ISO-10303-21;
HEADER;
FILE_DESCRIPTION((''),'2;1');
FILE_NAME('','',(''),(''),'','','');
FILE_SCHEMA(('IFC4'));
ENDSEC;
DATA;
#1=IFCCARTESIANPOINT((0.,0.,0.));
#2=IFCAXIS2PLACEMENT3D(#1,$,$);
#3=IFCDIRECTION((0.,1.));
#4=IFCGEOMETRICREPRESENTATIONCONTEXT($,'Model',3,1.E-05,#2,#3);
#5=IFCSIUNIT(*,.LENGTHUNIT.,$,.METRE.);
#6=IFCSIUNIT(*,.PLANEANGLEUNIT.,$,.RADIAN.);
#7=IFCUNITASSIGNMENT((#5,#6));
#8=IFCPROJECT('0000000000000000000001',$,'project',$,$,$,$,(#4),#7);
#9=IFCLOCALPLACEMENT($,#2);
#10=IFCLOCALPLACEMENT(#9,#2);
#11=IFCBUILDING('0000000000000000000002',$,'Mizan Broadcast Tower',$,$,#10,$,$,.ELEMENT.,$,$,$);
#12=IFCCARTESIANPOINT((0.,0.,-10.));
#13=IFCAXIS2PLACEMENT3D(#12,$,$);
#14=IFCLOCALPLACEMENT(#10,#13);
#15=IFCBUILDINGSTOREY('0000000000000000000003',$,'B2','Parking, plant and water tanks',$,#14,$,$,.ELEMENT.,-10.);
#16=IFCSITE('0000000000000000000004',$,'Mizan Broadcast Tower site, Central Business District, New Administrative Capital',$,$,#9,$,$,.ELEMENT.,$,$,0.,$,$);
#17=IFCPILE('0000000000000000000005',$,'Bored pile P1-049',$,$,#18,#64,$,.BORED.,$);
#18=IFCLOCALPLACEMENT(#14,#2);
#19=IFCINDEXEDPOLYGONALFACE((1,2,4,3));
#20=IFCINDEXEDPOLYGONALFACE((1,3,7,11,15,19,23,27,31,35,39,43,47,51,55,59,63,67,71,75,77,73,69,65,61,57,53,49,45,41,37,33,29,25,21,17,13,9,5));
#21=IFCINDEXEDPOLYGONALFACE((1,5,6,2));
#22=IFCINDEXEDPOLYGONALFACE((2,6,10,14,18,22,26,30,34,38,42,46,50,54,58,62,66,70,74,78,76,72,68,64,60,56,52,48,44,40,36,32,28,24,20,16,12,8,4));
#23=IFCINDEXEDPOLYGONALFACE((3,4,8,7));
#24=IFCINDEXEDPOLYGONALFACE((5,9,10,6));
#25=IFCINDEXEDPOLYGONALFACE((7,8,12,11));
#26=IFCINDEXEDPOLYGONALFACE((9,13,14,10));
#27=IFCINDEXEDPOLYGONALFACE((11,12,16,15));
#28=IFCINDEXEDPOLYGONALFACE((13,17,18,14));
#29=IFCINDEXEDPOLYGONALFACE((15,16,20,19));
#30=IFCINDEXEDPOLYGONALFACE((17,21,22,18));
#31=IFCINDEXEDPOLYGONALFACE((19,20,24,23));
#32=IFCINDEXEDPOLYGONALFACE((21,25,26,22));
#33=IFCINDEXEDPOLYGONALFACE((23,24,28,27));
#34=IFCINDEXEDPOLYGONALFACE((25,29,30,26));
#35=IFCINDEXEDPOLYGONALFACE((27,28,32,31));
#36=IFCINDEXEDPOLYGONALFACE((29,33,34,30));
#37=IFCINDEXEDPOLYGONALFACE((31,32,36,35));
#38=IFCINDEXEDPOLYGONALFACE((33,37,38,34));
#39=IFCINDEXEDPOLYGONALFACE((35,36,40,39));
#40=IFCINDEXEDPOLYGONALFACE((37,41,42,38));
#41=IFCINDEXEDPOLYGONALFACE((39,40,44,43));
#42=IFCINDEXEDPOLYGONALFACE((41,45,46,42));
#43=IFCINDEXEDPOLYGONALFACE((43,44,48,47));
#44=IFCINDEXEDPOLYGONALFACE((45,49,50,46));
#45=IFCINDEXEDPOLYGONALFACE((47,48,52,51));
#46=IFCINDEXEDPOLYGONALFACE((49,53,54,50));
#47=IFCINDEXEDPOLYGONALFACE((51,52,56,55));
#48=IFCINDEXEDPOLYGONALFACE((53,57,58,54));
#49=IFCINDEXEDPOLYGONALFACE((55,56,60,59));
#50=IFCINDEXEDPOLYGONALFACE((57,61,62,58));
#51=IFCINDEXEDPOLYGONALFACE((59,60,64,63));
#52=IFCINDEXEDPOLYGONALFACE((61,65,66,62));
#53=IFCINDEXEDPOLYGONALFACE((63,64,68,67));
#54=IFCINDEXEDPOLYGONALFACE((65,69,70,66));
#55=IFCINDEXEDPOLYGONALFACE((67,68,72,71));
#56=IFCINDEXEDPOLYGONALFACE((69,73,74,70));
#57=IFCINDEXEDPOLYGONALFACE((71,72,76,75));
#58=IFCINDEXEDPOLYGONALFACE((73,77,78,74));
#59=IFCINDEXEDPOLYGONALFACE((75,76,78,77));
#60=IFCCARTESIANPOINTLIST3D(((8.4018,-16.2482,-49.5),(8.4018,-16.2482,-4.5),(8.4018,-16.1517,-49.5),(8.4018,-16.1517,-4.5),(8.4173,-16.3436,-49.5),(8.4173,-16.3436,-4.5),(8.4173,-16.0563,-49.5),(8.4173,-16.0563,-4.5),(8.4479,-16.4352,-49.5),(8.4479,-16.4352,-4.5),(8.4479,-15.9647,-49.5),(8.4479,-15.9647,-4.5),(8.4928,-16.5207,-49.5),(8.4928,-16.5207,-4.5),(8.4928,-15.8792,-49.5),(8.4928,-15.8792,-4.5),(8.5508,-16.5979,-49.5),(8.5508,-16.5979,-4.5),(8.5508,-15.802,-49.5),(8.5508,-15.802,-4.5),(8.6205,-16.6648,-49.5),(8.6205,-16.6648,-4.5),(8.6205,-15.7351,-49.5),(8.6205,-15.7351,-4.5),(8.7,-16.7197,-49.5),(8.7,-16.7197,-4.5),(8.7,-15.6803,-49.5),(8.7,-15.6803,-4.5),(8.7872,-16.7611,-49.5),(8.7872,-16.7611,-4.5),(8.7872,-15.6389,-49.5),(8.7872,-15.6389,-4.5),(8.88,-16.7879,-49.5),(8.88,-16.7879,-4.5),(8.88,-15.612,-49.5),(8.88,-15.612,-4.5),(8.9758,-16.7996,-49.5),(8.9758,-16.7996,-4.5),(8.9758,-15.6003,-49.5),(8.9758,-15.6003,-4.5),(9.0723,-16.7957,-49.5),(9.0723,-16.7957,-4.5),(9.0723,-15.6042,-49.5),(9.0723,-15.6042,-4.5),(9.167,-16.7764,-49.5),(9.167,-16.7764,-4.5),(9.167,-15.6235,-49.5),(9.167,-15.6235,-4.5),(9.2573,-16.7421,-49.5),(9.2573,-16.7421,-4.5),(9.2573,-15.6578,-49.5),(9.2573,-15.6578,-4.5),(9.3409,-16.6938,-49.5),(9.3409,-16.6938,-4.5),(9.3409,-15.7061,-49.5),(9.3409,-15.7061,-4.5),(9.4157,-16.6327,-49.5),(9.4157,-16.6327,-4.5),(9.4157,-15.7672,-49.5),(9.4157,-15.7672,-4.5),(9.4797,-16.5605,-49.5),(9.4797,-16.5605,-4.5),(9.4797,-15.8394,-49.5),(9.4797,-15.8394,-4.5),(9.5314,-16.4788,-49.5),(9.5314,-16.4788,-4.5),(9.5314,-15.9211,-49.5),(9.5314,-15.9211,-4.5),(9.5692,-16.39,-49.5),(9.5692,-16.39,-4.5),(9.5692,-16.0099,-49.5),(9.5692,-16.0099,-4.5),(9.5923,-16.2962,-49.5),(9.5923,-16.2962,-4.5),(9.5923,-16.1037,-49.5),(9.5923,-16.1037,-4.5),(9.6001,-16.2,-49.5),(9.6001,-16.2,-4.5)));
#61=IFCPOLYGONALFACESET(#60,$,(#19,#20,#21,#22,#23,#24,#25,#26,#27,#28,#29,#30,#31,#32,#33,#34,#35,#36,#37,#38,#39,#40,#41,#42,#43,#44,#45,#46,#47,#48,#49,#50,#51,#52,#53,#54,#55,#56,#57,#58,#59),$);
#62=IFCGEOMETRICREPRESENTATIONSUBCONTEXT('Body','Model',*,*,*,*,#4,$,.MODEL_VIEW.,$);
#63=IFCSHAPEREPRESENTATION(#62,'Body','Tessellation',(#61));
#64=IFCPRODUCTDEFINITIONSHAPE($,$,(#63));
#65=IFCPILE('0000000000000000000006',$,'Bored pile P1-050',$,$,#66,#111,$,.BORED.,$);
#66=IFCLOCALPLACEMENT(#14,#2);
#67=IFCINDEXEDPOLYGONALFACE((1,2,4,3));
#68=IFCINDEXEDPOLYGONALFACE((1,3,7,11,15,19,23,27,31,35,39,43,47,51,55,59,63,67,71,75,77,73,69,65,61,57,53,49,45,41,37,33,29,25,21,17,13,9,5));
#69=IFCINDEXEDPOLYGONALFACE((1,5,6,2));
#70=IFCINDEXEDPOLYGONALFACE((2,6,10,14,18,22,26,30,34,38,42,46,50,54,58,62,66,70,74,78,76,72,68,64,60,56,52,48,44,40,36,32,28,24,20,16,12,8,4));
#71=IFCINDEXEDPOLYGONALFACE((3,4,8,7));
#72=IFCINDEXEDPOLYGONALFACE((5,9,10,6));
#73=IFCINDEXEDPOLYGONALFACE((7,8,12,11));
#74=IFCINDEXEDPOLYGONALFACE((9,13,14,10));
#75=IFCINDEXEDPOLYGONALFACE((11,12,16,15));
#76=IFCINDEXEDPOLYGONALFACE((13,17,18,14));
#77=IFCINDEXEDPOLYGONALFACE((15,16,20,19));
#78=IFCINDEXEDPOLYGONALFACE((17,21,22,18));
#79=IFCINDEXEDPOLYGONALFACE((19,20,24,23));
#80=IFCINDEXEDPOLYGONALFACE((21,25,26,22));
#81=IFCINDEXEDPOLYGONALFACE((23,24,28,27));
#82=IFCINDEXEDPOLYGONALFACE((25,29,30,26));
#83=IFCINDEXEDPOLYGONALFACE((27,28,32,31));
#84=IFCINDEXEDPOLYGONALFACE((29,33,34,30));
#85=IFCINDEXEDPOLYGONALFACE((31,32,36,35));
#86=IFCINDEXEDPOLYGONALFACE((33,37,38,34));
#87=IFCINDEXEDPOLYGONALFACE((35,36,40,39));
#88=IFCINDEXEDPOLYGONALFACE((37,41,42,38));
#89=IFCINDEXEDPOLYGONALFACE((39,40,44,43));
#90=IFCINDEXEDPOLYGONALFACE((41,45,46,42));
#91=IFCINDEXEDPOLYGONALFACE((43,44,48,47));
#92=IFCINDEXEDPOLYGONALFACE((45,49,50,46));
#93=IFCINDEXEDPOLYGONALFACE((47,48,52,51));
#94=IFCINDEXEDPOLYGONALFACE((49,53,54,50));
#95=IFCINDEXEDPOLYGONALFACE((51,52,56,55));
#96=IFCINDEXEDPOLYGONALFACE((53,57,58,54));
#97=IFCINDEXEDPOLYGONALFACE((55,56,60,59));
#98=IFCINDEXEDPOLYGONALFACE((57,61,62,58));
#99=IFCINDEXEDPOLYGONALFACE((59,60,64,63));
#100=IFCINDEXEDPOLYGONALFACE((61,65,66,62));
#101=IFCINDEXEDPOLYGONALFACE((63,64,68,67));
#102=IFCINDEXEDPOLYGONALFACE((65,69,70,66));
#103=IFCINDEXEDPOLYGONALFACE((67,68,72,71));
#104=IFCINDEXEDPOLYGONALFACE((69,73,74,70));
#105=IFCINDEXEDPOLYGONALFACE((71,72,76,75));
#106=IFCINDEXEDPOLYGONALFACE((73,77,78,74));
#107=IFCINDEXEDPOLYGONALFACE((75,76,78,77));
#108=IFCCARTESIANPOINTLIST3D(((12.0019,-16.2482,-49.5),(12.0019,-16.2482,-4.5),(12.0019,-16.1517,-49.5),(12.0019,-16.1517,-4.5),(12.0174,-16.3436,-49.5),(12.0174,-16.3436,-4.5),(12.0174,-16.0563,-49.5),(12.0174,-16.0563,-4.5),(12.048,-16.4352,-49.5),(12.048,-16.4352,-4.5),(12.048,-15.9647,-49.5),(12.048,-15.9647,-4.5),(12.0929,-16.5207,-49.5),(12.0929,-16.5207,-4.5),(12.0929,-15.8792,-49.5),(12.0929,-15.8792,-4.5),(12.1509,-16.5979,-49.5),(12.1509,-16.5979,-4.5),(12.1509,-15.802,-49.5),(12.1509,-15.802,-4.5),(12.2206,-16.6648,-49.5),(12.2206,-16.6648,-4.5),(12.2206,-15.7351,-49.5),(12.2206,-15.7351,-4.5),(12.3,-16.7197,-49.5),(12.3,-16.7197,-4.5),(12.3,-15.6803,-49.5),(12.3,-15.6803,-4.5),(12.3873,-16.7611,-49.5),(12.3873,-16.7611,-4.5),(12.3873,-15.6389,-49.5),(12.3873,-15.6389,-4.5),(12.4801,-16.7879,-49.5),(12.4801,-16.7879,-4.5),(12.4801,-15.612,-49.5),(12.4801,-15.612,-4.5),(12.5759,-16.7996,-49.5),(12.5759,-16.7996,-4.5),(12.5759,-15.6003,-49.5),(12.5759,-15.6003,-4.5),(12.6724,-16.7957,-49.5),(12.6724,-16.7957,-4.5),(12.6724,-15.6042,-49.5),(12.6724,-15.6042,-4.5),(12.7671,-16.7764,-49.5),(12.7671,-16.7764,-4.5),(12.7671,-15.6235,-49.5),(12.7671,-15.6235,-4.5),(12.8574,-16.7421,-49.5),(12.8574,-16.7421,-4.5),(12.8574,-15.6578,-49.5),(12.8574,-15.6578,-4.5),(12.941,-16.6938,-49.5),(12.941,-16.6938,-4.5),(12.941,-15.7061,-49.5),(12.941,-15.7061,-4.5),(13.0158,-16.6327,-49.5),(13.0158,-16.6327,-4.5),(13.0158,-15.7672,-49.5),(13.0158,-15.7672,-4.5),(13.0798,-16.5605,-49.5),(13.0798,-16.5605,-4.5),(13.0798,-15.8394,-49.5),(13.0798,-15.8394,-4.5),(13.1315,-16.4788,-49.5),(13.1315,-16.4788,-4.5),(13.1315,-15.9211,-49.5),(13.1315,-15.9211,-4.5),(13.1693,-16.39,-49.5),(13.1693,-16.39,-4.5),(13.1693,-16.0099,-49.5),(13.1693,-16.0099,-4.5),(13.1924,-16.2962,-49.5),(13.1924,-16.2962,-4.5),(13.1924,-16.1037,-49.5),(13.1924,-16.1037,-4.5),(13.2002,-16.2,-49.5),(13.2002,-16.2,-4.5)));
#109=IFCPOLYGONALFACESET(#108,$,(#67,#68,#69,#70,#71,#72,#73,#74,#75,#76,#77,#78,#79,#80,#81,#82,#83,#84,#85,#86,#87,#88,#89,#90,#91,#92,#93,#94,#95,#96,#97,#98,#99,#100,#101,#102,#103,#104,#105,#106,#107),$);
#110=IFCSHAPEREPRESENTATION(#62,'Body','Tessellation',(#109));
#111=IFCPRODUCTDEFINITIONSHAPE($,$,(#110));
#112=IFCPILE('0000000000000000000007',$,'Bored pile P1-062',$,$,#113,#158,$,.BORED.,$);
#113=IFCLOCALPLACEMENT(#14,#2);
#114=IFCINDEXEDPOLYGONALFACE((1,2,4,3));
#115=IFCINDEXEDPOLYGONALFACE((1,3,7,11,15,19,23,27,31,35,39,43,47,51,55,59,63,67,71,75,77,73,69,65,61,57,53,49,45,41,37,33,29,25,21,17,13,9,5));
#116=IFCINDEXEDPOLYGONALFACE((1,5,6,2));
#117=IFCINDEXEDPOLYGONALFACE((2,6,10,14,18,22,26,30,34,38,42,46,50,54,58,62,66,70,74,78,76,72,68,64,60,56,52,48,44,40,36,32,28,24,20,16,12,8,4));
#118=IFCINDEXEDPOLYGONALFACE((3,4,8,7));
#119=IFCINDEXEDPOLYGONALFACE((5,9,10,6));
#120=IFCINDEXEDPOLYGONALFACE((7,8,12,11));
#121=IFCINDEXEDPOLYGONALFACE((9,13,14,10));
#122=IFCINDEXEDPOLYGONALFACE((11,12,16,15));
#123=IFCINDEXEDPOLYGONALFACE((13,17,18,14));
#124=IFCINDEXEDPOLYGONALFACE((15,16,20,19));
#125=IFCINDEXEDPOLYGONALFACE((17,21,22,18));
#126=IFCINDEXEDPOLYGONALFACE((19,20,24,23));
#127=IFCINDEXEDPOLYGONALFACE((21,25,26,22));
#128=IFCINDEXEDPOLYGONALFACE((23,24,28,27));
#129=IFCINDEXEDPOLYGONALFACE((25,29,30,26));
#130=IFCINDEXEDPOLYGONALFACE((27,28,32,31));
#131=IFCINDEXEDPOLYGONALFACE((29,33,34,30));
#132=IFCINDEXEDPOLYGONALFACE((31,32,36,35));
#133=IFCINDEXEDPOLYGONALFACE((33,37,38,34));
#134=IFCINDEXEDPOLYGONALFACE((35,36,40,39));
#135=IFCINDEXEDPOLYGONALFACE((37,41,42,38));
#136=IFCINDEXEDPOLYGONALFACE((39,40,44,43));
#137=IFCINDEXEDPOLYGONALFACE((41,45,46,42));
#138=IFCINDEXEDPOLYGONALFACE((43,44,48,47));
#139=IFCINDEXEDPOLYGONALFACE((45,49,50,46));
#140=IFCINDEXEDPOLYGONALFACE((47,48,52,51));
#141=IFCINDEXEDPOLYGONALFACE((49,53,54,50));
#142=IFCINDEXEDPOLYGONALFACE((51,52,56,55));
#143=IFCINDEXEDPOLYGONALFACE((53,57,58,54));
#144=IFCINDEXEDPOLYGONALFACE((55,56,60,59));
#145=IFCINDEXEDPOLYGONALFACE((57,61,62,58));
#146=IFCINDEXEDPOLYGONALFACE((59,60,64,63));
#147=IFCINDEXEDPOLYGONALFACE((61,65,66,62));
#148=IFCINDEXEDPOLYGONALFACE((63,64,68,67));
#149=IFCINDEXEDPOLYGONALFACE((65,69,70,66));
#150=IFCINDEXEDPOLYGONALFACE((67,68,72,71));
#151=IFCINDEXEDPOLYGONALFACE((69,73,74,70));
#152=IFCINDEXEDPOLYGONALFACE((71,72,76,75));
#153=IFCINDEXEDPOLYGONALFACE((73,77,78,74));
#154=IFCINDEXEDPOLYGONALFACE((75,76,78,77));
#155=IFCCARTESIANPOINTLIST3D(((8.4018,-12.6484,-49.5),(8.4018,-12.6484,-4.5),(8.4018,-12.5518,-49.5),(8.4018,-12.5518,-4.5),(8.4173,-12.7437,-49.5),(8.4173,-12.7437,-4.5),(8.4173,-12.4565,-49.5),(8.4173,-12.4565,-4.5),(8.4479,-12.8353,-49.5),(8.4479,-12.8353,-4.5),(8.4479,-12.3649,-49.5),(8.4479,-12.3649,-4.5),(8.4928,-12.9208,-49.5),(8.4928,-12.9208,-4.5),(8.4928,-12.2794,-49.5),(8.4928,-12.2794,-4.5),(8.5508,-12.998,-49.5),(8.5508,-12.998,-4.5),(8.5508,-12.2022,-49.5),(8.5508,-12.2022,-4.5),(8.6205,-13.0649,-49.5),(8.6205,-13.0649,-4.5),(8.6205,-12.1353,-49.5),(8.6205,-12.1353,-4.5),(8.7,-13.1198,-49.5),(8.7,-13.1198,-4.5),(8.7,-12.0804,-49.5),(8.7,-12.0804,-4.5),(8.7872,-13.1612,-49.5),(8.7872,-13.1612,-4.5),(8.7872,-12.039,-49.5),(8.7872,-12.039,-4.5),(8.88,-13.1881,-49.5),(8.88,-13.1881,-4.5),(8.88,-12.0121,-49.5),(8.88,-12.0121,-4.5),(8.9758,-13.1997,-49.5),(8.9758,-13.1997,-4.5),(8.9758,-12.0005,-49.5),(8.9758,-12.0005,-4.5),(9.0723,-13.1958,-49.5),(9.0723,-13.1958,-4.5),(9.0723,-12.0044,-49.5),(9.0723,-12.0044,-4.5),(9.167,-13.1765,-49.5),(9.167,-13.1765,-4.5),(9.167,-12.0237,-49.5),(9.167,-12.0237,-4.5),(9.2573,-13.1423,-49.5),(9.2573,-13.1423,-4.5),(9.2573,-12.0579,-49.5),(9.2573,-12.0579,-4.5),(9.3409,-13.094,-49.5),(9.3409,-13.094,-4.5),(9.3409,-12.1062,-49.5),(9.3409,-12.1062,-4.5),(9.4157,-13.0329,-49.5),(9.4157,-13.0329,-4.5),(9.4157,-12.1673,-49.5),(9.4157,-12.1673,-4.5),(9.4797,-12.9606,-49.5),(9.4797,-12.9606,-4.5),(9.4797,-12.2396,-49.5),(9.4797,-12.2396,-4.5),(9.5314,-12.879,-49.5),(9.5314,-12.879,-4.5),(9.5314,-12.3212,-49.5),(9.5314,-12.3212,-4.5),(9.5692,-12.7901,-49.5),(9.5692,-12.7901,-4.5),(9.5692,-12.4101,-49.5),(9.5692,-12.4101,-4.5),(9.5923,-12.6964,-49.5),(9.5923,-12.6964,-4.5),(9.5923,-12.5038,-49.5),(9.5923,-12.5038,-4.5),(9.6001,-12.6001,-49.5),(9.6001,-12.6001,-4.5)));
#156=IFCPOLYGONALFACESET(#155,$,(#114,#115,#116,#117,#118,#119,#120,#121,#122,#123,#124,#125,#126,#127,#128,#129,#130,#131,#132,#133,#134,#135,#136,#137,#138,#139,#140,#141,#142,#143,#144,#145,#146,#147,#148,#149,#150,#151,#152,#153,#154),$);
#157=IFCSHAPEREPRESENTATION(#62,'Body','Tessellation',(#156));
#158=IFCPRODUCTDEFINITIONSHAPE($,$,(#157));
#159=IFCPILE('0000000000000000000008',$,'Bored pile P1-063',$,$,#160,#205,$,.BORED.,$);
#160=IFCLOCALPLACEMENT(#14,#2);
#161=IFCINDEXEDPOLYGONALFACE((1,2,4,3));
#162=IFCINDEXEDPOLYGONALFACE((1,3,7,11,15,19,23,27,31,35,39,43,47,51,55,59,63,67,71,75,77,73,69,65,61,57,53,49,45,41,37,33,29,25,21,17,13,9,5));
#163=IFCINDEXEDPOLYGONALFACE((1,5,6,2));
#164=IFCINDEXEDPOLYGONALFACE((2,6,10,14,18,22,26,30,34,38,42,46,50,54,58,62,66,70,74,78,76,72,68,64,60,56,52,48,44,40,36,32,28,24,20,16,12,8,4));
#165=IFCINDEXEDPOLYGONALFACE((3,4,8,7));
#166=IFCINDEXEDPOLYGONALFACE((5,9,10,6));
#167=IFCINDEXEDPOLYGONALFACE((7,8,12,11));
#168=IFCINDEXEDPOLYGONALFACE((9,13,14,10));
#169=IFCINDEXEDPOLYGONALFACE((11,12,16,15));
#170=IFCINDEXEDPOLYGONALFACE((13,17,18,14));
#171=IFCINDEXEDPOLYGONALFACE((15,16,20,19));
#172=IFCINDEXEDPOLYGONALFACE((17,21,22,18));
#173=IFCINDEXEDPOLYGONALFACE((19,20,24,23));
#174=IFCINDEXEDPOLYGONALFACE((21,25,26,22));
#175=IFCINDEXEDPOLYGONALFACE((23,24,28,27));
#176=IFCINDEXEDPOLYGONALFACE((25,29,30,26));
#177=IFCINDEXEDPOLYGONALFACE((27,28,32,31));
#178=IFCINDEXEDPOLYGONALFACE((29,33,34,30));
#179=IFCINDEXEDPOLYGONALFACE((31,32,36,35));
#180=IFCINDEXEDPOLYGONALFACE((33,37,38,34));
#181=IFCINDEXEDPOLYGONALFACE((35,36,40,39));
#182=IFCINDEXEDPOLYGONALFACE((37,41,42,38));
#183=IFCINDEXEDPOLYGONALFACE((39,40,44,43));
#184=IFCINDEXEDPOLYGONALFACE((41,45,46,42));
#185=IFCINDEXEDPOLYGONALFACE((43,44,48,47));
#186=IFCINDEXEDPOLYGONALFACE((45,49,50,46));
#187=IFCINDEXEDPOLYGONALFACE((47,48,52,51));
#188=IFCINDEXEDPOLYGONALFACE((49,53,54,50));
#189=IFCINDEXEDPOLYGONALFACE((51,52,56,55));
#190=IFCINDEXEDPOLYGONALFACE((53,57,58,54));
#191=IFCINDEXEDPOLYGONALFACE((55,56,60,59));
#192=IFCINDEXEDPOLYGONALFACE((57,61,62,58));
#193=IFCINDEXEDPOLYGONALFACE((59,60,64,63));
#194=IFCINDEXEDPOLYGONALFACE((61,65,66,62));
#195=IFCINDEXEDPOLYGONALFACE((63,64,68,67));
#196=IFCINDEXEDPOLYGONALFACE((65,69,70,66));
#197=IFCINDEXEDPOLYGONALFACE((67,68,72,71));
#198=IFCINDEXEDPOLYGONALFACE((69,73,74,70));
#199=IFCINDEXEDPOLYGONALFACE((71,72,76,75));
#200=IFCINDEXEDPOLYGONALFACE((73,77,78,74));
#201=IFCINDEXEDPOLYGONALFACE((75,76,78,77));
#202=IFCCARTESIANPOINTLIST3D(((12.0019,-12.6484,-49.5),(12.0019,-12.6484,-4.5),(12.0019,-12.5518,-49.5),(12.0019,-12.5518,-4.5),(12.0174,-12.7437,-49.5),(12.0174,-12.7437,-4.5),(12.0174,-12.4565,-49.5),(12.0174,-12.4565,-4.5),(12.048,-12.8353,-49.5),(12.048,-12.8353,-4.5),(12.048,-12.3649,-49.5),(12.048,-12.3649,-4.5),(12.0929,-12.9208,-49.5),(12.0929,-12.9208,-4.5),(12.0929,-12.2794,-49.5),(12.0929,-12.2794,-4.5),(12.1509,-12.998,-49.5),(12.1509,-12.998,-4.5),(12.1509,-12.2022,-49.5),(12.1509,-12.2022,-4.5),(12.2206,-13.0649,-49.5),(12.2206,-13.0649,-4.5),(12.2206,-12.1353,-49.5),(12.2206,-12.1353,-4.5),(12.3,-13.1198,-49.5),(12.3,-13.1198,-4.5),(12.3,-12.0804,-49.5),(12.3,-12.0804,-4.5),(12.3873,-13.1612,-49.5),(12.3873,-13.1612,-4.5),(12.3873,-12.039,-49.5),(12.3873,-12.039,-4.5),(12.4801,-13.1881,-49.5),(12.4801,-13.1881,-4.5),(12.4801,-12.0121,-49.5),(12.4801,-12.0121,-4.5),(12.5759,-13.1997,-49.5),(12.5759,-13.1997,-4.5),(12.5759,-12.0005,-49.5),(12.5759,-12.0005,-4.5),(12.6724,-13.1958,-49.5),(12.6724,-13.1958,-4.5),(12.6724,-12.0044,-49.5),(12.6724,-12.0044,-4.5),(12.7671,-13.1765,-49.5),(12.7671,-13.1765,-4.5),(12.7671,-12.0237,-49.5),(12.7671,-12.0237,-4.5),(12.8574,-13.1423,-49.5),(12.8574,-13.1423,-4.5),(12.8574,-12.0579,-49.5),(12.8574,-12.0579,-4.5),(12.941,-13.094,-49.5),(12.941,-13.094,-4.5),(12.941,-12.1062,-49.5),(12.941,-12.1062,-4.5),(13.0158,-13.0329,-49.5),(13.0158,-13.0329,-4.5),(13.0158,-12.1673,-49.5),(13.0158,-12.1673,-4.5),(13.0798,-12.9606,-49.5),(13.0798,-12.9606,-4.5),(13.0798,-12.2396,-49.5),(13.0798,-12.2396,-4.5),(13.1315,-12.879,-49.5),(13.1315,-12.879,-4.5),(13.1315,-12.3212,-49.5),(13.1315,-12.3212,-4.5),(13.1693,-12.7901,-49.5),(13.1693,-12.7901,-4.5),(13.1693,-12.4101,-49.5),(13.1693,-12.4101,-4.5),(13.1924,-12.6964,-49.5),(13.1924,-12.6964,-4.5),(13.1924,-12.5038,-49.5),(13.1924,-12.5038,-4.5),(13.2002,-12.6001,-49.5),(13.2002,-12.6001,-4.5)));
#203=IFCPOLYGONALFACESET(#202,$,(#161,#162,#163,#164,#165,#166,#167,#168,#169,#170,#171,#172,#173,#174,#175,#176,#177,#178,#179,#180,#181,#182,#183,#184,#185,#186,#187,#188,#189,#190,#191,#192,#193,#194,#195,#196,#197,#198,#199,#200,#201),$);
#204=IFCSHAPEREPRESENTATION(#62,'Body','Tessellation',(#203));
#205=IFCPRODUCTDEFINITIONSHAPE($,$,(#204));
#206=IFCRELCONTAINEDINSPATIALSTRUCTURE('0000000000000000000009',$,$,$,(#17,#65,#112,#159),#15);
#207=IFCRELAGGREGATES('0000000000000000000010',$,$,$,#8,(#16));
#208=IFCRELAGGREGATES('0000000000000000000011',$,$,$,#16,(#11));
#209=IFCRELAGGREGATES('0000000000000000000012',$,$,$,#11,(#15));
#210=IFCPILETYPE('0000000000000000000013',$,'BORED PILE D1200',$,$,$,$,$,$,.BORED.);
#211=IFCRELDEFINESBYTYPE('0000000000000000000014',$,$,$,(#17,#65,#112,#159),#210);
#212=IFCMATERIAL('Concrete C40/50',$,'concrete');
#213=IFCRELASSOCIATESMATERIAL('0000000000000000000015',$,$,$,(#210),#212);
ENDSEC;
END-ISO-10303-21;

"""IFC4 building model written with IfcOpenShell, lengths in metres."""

from ifc_helpers import new_model, si_unit, direction, frame, origin, origin_2d, place, context, subcontext, project, spatial, circle, extrude, material, material_profile, profile_set, type_object, element, save


model = new_model("IFC4")

# Units and contexts
model_context = context("Model", 3, precision=1e-05, world=origin(), true_north=direction((0.0, 1.0)))
body_context = subcontext(model_context, "Body", "Model", "MODEL_VIEW")
ifc_project = project(units=[si_unit("LENGTHUNIT", "METRE"), si_unit("PLANEANGLEUNIT", "RADIAN")], contexts=[model_context])

# Site, building, storey
site_placement = place(None, origin())
site = spatial("IfcSite", under=ifc_project, at=site_placement, Name="Mizan Broadcast Tower site, Central Business District, New Administrative Capital", CompositionType="ELEMENT", RefElevation=0.0)
building_placement = place(site_placement, origin())
building = spatial("IfcBuilding", under=site, at=building_placement, Name="Mizan Broadcast Tower", CompositionType="ELEMENT")
storey_placement = place(building_placement, frame((0.0, 0.0, -10.0)))
storey = spatial("IfcBuildingStorey", under=building, at=storey_placement, Name="B2", Description="Parking, plant and water tanks", CompositionType="ELEMENT", Elevation=-10.0)

# Piles
ifc_material_1 = material(Name="Concrete C40/50", Category="concrete")
ifc_material_profile_1 = material_profile(ifc_material_1, circle(Radius=0.6001, at=origin_2d()), Name="D1200")
ifc_profile_set_1 = profile_set([ifc_material_profile_1], Name="Concrete C40/50")
pile_type_1 = type_object("IfcPileType", Name="BORED PILE D1200", PredefinedType="BORED", material=ifc_profile_set_1)
for number, where, z_axis, x_axis, name in (
    (1, (9.0, -16.2, -4.5), (0.0, 0.0, -1.0), (1.0, 0.0, 0.0), "Bored pile P1-049"),
    (2, (12.6001, -16.2, -4.5), (0.0, 0.0, -1.0), (1.0, 0.0, 0.0), "Bored pile P1-050"),
    (3, (9.0, -12.6001, -4.5), (0.0, 0.0, -1.0), (1.0, 0.0, 0.0), "Bored pile P1-062"),
    (4, (12.6001, -12.6001, -4.5), (0.0, 0.0, -1.0), (1.0, 0.0, 0.0), "Bored pile P1-063"),
):
    element("IfcPile", number, at=place(storey_placement, frame(where, z_axis=z_axis, x_axis=x_axis)), inside=storey, type_object=pile_type_1, Name=name, PredefinedType="BORED", context=body_context, shape_type="SweptSolid", body=[
        extrude(circle(Radius=0.6001, at=origin_2d()), origin(), (0.0, 0.0, 1.0), 45.0),
    ])

save(model, "model.ifc")
